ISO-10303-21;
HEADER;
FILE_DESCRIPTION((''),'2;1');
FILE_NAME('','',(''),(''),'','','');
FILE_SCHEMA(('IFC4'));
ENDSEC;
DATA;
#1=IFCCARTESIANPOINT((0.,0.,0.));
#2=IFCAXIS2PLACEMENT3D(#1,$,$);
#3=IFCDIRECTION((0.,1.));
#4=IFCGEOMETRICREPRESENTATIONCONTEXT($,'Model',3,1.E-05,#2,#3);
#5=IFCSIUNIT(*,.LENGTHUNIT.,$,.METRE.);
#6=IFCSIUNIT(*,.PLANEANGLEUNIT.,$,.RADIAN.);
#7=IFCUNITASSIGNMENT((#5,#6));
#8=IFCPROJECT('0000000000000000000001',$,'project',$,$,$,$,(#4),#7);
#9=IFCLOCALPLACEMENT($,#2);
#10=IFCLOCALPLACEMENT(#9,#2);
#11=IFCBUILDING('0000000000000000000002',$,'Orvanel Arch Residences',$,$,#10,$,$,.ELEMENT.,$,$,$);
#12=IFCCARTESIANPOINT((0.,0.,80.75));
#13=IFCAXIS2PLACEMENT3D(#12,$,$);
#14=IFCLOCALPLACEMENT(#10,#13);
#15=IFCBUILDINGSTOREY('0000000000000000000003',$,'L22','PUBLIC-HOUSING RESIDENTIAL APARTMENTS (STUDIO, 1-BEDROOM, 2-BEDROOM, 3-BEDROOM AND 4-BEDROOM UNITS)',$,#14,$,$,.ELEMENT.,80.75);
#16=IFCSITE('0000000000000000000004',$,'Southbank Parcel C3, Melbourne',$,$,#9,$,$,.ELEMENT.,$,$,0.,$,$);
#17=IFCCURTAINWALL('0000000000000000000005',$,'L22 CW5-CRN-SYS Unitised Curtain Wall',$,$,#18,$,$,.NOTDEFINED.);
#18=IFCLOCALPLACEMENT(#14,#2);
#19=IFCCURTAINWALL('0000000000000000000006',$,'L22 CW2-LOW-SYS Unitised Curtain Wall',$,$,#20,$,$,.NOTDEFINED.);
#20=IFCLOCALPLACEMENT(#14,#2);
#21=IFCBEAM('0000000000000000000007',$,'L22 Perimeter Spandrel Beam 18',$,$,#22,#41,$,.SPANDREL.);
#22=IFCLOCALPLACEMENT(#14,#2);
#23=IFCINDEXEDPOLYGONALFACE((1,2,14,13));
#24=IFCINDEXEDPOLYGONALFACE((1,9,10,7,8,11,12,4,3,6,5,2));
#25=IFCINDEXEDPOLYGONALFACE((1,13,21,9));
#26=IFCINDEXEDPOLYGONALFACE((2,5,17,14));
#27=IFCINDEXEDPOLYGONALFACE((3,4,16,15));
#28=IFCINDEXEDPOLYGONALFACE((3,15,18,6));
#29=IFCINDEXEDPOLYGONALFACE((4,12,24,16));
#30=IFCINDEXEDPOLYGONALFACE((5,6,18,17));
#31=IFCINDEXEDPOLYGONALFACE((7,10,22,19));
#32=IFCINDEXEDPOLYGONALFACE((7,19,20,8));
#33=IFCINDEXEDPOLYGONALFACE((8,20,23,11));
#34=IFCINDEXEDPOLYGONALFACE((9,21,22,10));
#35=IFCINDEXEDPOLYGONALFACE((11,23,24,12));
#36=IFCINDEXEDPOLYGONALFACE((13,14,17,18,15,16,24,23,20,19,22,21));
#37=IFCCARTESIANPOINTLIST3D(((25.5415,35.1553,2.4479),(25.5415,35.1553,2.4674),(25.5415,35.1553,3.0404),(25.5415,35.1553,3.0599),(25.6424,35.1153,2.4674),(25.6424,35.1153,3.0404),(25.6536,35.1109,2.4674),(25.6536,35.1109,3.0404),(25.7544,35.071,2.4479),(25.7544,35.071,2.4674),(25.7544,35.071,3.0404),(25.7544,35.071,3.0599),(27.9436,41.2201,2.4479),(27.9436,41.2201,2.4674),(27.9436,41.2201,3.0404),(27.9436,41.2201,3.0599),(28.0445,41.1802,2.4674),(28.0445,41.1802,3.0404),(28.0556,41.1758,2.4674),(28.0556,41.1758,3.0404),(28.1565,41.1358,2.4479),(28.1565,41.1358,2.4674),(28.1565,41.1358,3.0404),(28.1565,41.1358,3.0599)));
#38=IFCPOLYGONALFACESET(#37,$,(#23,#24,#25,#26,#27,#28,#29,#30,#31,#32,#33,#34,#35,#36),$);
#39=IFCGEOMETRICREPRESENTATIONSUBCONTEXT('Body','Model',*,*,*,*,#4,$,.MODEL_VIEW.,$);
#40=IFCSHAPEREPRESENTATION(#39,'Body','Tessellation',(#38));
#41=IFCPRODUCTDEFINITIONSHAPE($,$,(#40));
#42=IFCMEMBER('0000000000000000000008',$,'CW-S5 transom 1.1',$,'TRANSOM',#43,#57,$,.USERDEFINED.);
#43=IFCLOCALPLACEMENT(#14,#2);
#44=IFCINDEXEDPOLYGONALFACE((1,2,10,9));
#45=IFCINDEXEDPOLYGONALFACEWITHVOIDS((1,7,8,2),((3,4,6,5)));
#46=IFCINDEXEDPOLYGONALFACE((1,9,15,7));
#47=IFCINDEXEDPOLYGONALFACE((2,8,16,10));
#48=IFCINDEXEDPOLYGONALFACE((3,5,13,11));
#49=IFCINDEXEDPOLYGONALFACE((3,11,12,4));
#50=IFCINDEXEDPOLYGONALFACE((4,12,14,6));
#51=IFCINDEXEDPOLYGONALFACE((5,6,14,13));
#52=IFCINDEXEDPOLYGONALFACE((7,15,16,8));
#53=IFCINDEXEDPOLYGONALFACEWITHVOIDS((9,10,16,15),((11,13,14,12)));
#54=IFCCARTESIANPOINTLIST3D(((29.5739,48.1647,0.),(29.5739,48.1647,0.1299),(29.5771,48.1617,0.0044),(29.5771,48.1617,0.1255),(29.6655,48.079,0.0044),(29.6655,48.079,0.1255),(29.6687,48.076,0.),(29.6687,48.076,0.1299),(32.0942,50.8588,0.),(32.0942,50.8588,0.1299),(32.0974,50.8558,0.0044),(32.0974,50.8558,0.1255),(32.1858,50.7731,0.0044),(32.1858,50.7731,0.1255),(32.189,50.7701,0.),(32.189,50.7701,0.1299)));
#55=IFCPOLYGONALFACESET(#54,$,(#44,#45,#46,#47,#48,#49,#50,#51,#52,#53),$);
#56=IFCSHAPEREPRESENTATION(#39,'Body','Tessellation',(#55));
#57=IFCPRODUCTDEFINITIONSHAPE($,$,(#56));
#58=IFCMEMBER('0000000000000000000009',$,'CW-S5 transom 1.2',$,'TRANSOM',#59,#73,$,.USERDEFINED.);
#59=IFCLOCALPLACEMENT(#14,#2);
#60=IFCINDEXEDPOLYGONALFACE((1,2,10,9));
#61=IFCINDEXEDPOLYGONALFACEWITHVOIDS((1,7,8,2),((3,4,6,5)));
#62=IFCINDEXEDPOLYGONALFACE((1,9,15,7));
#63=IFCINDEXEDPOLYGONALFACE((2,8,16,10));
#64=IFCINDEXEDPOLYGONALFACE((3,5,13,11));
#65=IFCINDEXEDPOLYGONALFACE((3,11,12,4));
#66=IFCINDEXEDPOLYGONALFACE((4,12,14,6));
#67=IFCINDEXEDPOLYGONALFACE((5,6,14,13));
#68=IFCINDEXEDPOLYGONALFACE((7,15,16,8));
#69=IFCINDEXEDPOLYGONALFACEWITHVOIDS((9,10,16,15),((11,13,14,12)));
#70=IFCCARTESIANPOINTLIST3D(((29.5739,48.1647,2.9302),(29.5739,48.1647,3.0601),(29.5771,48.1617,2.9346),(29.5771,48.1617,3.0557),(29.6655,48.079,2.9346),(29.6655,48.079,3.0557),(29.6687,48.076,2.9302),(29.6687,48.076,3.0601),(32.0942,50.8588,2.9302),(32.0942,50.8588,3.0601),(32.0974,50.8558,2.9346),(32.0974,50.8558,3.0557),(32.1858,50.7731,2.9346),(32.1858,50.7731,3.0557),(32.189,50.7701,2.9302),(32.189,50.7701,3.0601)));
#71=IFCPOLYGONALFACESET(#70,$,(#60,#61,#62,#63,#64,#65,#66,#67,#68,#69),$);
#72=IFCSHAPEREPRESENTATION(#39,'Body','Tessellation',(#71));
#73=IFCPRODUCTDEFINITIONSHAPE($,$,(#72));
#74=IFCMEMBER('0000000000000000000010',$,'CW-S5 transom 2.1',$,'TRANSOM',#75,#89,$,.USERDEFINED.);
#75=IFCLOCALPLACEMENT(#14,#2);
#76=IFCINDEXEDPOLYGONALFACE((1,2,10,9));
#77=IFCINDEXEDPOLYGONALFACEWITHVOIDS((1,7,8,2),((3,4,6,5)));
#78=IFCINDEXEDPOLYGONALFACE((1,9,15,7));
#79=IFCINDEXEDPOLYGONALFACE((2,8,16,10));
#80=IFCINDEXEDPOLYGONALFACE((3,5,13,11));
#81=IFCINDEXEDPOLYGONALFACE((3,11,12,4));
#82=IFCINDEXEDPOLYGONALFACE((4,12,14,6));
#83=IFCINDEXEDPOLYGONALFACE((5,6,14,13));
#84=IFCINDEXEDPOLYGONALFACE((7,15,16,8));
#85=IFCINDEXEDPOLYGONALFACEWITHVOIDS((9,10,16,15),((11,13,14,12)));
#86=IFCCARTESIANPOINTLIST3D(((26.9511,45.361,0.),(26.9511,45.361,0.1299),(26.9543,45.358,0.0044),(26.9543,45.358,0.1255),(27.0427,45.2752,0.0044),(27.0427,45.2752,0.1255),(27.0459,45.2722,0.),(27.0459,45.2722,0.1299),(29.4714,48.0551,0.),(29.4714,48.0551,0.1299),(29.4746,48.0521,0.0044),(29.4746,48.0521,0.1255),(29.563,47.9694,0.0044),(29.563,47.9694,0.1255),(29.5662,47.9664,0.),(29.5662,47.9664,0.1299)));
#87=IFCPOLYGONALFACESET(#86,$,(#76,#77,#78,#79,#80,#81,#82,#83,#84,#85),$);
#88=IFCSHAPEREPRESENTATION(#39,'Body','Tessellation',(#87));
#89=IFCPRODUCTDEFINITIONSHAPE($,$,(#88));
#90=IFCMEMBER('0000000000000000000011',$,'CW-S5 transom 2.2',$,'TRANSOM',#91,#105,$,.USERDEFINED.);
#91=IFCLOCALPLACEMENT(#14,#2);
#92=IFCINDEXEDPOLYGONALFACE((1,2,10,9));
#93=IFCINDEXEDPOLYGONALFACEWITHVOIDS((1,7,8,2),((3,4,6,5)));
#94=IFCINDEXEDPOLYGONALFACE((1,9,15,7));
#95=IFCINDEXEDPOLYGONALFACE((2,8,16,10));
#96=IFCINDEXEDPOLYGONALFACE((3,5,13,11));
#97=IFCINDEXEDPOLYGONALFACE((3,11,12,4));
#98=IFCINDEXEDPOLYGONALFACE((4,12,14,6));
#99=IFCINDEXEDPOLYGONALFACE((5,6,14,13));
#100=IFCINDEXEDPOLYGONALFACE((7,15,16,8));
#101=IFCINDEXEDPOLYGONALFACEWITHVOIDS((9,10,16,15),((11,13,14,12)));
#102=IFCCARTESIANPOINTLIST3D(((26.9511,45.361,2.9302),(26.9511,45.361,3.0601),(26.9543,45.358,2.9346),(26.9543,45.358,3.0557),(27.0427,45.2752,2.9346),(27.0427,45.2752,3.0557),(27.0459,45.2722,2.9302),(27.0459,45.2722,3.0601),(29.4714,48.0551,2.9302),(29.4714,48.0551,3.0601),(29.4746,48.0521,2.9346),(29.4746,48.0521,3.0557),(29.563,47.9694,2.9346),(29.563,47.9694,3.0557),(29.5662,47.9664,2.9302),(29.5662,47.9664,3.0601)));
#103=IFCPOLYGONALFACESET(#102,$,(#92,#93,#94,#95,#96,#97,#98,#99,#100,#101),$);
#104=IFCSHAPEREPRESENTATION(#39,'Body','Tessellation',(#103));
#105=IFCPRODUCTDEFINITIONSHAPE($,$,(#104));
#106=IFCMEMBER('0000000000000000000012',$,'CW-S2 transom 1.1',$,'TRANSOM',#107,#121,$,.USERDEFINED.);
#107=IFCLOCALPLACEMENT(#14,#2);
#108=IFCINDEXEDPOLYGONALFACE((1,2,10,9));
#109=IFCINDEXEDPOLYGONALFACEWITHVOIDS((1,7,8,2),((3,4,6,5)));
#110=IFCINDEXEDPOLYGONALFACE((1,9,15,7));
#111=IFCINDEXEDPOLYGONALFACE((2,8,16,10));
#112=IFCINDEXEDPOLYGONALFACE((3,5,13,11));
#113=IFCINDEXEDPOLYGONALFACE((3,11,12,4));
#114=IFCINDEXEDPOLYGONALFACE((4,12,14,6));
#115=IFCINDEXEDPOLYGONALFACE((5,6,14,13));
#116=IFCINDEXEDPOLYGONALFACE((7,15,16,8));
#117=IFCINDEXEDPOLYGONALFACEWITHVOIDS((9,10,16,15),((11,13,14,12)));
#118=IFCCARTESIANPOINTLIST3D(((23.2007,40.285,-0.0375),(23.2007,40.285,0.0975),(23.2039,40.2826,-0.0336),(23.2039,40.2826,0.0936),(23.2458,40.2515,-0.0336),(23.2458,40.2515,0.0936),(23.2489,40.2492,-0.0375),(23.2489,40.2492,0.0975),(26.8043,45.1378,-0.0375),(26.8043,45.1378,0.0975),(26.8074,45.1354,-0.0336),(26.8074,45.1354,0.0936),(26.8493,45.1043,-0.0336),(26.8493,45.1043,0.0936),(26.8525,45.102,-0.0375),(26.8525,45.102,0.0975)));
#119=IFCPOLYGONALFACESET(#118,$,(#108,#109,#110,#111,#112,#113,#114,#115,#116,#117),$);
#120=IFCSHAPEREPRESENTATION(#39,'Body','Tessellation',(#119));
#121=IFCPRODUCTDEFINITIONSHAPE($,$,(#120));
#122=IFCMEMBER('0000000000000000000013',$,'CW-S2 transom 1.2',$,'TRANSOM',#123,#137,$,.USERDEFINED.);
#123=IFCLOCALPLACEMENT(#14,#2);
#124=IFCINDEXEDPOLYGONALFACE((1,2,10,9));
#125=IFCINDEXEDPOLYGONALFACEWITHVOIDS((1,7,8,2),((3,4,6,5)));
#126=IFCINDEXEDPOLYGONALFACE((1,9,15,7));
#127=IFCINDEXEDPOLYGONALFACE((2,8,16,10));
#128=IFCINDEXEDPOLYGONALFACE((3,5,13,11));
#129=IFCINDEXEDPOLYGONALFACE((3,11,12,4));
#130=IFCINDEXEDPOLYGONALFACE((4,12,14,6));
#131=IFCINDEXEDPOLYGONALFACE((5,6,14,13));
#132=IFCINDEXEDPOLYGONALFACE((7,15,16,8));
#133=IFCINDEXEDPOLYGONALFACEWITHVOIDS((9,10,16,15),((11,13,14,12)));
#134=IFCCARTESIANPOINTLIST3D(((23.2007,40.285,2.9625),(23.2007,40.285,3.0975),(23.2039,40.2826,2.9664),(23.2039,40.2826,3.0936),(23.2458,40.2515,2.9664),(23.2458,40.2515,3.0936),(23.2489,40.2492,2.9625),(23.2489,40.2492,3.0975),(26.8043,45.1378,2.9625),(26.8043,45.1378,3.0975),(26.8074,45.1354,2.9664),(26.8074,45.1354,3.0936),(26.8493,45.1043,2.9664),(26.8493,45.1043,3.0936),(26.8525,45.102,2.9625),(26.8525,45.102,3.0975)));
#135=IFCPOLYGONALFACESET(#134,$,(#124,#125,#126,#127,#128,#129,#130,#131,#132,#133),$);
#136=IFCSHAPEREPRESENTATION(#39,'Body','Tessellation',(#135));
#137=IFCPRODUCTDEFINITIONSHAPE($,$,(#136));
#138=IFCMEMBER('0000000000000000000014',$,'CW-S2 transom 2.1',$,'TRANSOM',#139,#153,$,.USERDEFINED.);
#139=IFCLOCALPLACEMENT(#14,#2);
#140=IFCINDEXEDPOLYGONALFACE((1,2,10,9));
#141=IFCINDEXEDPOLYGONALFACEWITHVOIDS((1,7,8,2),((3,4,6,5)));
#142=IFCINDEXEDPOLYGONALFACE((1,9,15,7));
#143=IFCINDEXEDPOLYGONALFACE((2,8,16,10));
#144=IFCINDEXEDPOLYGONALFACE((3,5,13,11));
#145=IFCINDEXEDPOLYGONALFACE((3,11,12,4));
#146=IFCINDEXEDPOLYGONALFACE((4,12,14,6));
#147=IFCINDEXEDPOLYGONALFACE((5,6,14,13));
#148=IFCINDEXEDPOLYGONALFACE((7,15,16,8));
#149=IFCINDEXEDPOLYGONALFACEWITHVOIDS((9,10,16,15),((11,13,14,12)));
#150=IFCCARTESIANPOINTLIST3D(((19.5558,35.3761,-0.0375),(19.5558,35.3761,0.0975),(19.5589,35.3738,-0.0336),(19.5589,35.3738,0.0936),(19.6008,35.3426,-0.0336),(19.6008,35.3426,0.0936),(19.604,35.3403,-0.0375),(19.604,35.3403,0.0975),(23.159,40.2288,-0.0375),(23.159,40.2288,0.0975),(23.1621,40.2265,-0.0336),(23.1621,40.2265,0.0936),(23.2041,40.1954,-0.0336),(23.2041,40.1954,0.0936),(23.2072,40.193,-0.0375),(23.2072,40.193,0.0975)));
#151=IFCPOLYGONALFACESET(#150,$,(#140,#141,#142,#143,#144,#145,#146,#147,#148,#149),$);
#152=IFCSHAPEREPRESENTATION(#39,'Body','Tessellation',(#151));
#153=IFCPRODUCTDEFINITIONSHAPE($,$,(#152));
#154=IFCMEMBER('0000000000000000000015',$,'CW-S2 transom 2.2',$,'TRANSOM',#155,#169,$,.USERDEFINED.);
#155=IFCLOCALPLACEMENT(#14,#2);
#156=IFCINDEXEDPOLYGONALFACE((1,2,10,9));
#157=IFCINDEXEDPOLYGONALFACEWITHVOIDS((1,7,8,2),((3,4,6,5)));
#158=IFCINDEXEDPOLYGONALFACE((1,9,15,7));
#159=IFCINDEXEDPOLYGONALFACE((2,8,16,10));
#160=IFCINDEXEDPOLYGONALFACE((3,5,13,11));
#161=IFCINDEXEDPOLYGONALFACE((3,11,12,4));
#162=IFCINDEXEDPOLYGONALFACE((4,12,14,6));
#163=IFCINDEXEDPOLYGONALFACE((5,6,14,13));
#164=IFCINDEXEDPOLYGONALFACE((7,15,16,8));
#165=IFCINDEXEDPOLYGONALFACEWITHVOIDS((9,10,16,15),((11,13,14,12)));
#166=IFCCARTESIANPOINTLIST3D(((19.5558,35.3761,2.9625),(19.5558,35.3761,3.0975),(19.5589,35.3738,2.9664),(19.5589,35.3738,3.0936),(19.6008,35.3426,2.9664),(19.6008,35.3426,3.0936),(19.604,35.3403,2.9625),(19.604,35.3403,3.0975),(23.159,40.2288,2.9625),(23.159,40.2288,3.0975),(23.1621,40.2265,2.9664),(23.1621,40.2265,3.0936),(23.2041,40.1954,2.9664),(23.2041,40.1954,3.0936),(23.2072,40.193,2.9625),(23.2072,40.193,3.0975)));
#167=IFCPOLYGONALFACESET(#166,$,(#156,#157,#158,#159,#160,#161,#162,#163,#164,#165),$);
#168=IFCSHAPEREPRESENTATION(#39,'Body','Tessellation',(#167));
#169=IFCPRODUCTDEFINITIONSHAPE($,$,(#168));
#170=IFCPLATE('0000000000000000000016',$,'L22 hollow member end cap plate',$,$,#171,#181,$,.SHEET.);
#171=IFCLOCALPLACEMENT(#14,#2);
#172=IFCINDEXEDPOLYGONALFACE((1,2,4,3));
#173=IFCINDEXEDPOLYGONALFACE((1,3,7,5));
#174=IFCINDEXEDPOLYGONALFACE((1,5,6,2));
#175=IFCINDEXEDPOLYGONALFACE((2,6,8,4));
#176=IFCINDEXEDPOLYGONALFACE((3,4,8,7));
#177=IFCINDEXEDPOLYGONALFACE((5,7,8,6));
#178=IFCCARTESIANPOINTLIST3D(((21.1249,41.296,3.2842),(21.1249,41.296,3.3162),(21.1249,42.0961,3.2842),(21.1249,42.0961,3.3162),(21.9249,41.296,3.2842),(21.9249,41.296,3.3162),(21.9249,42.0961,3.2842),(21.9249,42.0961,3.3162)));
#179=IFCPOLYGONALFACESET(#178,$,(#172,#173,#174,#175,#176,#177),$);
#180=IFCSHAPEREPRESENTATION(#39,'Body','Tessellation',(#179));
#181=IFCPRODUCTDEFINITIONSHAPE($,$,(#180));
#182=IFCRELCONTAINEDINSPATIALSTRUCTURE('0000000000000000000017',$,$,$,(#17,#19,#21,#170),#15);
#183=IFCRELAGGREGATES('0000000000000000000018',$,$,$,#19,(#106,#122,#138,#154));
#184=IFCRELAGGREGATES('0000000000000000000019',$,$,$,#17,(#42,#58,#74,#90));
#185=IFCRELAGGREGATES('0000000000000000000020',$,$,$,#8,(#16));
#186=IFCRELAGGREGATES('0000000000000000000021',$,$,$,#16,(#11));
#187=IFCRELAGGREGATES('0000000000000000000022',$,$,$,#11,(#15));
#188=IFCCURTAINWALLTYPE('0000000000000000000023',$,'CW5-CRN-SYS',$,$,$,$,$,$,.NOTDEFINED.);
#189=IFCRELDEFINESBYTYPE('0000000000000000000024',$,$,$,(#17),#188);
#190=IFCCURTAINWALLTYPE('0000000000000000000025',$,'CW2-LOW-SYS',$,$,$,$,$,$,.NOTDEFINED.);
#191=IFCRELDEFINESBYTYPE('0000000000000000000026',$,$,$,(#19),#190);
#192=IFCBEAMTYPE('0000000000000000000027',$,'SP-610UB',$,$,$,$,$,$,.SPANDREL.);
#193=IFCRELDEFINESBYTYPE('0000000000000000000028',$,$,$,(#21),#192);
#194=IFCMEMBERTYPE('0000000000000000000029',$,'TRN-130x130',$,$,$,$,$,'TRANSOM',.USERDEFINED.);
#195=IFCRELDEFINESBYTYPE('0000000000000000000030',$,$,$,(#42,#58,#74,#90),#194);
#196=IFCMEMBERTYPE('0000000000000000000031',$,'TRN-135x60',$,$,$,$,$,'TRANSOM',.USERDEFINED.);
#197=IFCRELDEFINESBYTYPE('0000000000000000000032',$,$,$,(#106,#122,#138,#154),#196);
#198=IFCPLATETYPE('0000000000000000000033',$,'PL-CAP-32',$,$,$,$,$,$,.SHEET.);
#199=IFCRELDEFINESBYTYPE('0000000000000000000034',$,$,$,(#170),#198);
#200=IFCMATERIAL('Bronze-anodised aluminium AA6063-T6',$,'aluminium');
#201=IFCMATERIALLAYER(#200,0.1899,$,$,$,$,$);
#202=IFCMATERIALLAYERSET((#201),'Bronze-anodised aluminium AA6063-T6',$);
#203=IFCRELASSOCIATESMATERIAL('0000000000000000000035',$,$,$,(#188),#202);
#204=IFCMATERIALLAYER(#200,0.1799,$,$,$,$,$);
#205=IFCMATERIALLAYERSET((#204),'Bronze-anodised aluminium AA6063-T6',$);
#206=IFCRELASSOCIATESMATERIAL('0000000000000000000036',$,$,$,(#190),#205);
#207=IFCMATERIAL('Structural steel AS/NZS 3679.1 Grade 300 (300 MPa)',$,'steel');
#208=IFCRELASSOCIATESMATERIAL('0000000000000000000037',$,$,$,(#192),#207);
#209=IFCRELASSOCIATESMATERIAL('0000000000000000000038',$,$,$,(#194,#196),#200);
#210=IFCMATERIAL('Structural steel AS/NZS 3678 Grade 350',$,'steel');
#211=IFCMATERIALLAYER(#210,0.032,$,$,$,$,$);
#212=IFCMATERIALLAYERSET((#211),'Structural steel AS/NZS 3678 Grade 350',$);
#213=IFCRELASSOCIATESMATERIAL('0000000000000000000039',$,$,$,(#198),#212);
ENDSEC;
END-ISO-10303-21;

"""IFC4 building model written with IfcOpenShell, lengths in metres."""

from ifc_helpers import new_model, si_unit, direction, frame, origin, origin_2d, place, context, subcontext, project, spatial, rectangle, hollow_rectangle, i_section, extrude, material, layer, layer_set, material_profile, profile_set, type_object, element, aggregate, save


model = new_model("IFC4")

# Units and contexts
model_context = context("Model", 3, precision=1e-05, world=origin(), true_north=direction((0.0, 1.0)))
body_context = subcontext(model_context, "Body", "Model", "MODEL_VIEW")
ifc_project = project(units=[si_unit("LENGTHUNIT", "METRE"), si_unit("PLANEANGLEUNIT", "RADIAN")], contexts=[model_context])

# Site, building, storey
site_placement = place(None, origin())
site = spatial("IfcSite", under=ifc_project, at=site_placement, Name="Southbank Parcel C3, Melbourne", CompositionType="ELEMENT", RefElevation=0.0)
building_placement = place(site_placement, origin())
building = spatial("IfcBuilding", under=site, at=building_placement, Name="Orvanel Arch Residences", CompositionType="ELEMENT")
storey_placement = place(building_placement, frame((0.0, 0.0, 80.75)))
storey = spatial("IfcBuildingStorey", under=building, at=storey_placement, Name="L22", Description="PUBLIC-HOUSING RESIDENTIAL APARTMENTS (STUDIO, 1-BEDROOM, 2-BEDROOM, 3-BEDROOM AND 4-BEDROOM UNITS)", CompositionType="ELEMENT", Elevation=80.75)

# Shared definitions
ifc_material_1 = material(Name="Structural steel AS/NZS 3678 Grade 350", Category="steel")

# Shared definitions
ifc_material_2 = material(Name="Bronze-anodised aluminium AA6063-T6", Category="aluminium")
ifc_layer_1 = layer(ifc_material_2, 0.1899)
ifc_layer_set_1 = layer_set([ifc_layer_1], Name="Bronze-anodised aluminium AA6063-T6")
curtain_wall_type_1 = type_object("IfcCurtainWallType", Name="CW5-CRN-SYS", PredefinedType="NOTDEFINED", material=ifc_layer_set_1)

# Curtain walls
curtain_wall_1_placement = place(storey_placement, origin())
curtain_wall_1 = element("IfcCurtainWall", 1, at=curtain_wall_1_placement, inside=storey, type_object=curtain_wall_type_1, Name="L22 CW5-CRN-SYS Unitised Curtain Wall", PredefinedType="NOTDEFINED")
ifc_layer_2 = layer(ifc_material_2, 0.1799)
ifc_layer_set_2 = layer_set([ifc_layer_2], Name="Bronze-anodised aluminium AA6063-T6")
curtain_wall_type_2 = type_object("IfcCurtainWallType", Name="CW2-LOW-SYS", PredefinedType="NOTDEFINED", material=ifc_layer_set_2)
curtain_wall_2_placement = place(storey_placement, origin())
curtain_wall_2 = element("IfcCurtainWall", 2, at=curtain_wall_2_placement, inside=storey, type_object=curtain_wall_type_2, Name="L22 CW2-LOW-SYS Unitised Curtain Wall", PredefinedType="NOTDEFINED")

# Beam
ifc_material_3 = material(Name="Structural steel AS/NZS 3679.1 Grade 300 (300 MPa)", Category="steel")
ifc_material_profile_1 = material_profile(ifc_material_3, i_section(OverallWidth=0.229, OverallDepth=0.6121, WebThickness=0.012, FlangeThickness=0.0195, at=origin_2d()), Name="610UB125")
ifc_profile_set_1 = profile_set([ifc_material_profile_1], Name="Structural steel AS/NZS 3679.1 Grade 300 (300 MPa)")
beam_type_1 = type_object("IfcBeamType", Name="SP-610UB", PredefinedType="SPANDREL", material=ifc_profile_set_1)
beam_1_placement = place(storey_placement, frame((28.05, 41.178, 2.7539), z_axis=(-0.368233, -0.929733, 0.0), x_axis=(0.929733, -0.368233, 0.0)))
element("IfcBeam", 3, at=beam_1_placement, inside=storey, type_object=beam_type_1, Name="L22 Perimeter Spandrel Beam 18", PredefinedType="SPANDREL", context=body_context, shape_type="SweptSolid", body=[
    extrude(i_section(OverallWidth=0.229, OverallDepth=0.6121, WebThickness=0.012, FlangeThickness=0.0195, at=origin_2d()), origin(), (0.0, 0.0, 1.0), 6.5232),
])

# Members
ifc_material_profile_2 = material_profile(ifc_material_2, hollow_rectangle(XDim=0.1299, YDim=0.1299, WallThickness=0.0044, at=origin_2d()), Name="ALU130x130x4.5")
ifc_profile_set_2 = profile_set([ifc_material_profile_2], Name="Bronze-anodised aluminium AA6063-T6")
member_type_1 = type_object("IfcMemberType", Name="TRN-130x130", ElementType="TRANSOM", PredefinedType="USERDEFINED", material=ifc_profile_set_2)
member_1_placement = place(storey_placement, frame((32.1416, 50.8145, 0.0649), z_axis=(-0.683155, -0.730274, 0.0), x_axis=(0.730274, -0.683155, 0.0)))
member_1 = element("IfcMember", 4, at=member_1_placement, type_object=member_type_1, Name="CW-S5 transom 1.1", ObjectType="TRANSOM", PredefinedType="USERDEFINED", context=body_context, shape_type="SweptSolid", body=[
    extrude(hollow_rectangle(XDim=0.1299, YDim=0.1299, WallThickness=0.0044, at=origin_2d()), origin(), (0.0, 0.0, 1.0), 3.6892),
])
member_2_placement = place(storey_placement, frame((32.1416, 50.8145, 2.9951), z_axis=(-0.683155, -0.730274, 0.0), x_axis=(0.730274, -0.683155, 0.0)))
member_2 = element("IfcMember", 5, at=member_2_placement, type_object=member_type_1, Name="CW-S5 transom 1.2", ObjectType="TRANSOM", PredefinedType="USERDEFINED", context=body_context, shape_type="SweptSolid", body=[
    extrude(hollow_rectangle(XDim=0.1299, YDim=0.1299, WallThickness=0.0044, at=origin_2d()), origin(), (0.0, 0.0, 1.0), 3.6892),
])
member_3_placement = place(storey_placement, frame((29.5188, 48.0107, 0.0649), z_axis=(-0.683155, -0.730274, 0.0), x_axis=(0.730274, -0.683155, 0.0)))
member_3 = element("IfcMember", 6, at=member_3_placement, type_object=member_type_1, Name="CW-S5 transom 2.1", ObjectType="TRANSOM", PredefinedType="USERDEFINED", context=body_context, shape_type="SweptSolid", body=[
    extrude(hollow_rectangle(XDim=0.1299, YDim=0.1299, WallThickness=0.0044, at=origin_2d()), origin(), (0.0, 0.0, 1.0), 3.6892),
])
member_4_placement = place(storey_placement, frame((29.5188, 48.0107, 2.9951), z_axis=(-0.683155, -0.730274, 0.0), x_axis=(0.730274, -0.683155, 0.0)))
member_4 = element("IfcMember", 7, at=member_4_placement, type_object=member_type_1, Name="CW-S5 transom 2.2", ObjectType="TRANSOM", PredefinedType="USERDEFINED", context=body_context, shape_type="SweptSolid", body=[
    extrude(hollow_rectangle(XDim=0.1299, YDim=0.1299, WallThickness=0.0044, at=origin_2d()), origin(), (0.0, 0.0, 1.0), 3.6892),
])
ifc_material_profile_3 = material_profile(ifc_material_2, hollow_rectangle(XDim=0.0601, YDim=0.135, WallThickness=0.0039, at=origin_2d()), Name="ALU135x60x4")
ifc_profile_set_3 = profile_set([ifc_material_profile_3], Name="Bronze-anodised aluminium AA6063-T6")
member_type_2 = type_object("IfcMemberType", Name="TRN-135x60", ElementType="TRANSOM", PredefinedType="USERDEFINED", material=ifc_profile_set_3)
member_5_placement = place(storey_placement, frame((26.8284, 45.1199, 0.03), z_axis=(-0.596174, -0.802855, 0.0), x_axis=(0.802855, -0.596174, 0.0)))
member_5 = element("IfcMember", 8, at=member_5_placement, type_object=member_type_2, Name="CW-S2 transom 1.1", ObjectType="TRANSOM", PredefinedType="USERDEFINED", context=body_context, shape_type="SweptSolid", body=[
    extrude(hollow_rectangle(XDim=0.0601, YDim=0.135, WallThickness=0.0039, at=origin_2d()), origin(), (0.0, 0.0, 1.0), 6.0444),
])
member_6_placement = place(storey_placement, frame((26.8284, 45.1199, 3.03), z_axis=(-0.596174, -0.802855, 0.0), x_axis=(0.802855, -0.596174, 0.0)))
member_6 = element("IfcMember", 9, at=member_6_placement, type_object=member_type_2, Name="CW-S2 transom 1.2", ObjectType="TRANSOM", PredefinedType="USERDEFINED", context=body_context, shape_type="SweptSolid", body=[
    extrude(hollow_rectangle(XDim=0.0601, YDim=0.135, WallThickness=0.0039, at=origin_2d()), origin(), (0.0, 0.0, 1.0), 6.0444),
])
member_7_placement = place(storey_placement, frame((23.1831, 40.2109, 0.03), z_axis=(-0.596148, -0.802875, 0.0), x_axis=(0.802875, -0.596148, 0.0)))
member_7 = element("IfcMember", 10, at=member_7_placement, type_object=member_type_2, Name="CW-S2 transom 2.1", ObjectType="TRANSOM", PredefinedType="USERDEFINED", context=body_context, shape_type="SweptSolid", body=[
    extrude(hollow_rectangle(XDim=0.0601, YDim=0.135, WallThickness=0.0039, at=origin_2d()), origin(), (0.0, 0.0, 1.0), 6.0442),
])
member_8_placement = place(storey_placement, frame((23.1831, 40.2109, 3.03), z_axis=(-0.596148, -0.802875, 0.0), x_axis=(0.802875, -0.596148, 0.0)))
member_8 = element("IfcMember", 11, at=member_8_placement, type_object=member_type_2, Name="CW-S2 transom 2.2", ObjectType="TRANSOM", PredefinedType="USERDEFINED", context=body_context, shape_type="SweptSolid", body=[
    extrude(hollow_rectangle(XDim=0.0601, YDim=0.135, WallThickness=0.0039, at=origin_2d()), origin(), (0.0, 0.0, 1.0), 6.0442),
])

# Plate
ifc_layer_3 = layer(ifc_material_1, 0.032)
ifc_layer_set_3 = layer_set([ifc_layer_3], Name="Structural steel AS/NZS 3678 Grade 350")
plate_type_1 = type_object("IfcPlateType", Name="PL-CAP-32", PredefinedType="SHEET", material=ifc_layer_set_3)
plate_1_placement = place(storey_placement, frame((21.5249, 41.696, 3.2842), z_axis=(0.0, 0.0, 1.0), x_axis=(1.0, 0.0, 0.0)))
element("IfcPlate", 12, at=plate_1_placement, inside=storey, type_object=plate_type_1, Name="L22 hollow member end cap plate", PredefinedType="SHEET", context=body_context, shape_type="SweptSolid", body=[
    extrude(rectangle(XDim=0.8, YDim=0.8, at=origin_2d()), origin(), (0.0, 0.0, 1.0), 0.032),
])
aggregate(curtain_wall_2, [member_5, member_6, member_7, member_8])
aggregate(curtain_wall_1, [member_1, member_2, member_3, member_4])

save(model, "model.ifc")
